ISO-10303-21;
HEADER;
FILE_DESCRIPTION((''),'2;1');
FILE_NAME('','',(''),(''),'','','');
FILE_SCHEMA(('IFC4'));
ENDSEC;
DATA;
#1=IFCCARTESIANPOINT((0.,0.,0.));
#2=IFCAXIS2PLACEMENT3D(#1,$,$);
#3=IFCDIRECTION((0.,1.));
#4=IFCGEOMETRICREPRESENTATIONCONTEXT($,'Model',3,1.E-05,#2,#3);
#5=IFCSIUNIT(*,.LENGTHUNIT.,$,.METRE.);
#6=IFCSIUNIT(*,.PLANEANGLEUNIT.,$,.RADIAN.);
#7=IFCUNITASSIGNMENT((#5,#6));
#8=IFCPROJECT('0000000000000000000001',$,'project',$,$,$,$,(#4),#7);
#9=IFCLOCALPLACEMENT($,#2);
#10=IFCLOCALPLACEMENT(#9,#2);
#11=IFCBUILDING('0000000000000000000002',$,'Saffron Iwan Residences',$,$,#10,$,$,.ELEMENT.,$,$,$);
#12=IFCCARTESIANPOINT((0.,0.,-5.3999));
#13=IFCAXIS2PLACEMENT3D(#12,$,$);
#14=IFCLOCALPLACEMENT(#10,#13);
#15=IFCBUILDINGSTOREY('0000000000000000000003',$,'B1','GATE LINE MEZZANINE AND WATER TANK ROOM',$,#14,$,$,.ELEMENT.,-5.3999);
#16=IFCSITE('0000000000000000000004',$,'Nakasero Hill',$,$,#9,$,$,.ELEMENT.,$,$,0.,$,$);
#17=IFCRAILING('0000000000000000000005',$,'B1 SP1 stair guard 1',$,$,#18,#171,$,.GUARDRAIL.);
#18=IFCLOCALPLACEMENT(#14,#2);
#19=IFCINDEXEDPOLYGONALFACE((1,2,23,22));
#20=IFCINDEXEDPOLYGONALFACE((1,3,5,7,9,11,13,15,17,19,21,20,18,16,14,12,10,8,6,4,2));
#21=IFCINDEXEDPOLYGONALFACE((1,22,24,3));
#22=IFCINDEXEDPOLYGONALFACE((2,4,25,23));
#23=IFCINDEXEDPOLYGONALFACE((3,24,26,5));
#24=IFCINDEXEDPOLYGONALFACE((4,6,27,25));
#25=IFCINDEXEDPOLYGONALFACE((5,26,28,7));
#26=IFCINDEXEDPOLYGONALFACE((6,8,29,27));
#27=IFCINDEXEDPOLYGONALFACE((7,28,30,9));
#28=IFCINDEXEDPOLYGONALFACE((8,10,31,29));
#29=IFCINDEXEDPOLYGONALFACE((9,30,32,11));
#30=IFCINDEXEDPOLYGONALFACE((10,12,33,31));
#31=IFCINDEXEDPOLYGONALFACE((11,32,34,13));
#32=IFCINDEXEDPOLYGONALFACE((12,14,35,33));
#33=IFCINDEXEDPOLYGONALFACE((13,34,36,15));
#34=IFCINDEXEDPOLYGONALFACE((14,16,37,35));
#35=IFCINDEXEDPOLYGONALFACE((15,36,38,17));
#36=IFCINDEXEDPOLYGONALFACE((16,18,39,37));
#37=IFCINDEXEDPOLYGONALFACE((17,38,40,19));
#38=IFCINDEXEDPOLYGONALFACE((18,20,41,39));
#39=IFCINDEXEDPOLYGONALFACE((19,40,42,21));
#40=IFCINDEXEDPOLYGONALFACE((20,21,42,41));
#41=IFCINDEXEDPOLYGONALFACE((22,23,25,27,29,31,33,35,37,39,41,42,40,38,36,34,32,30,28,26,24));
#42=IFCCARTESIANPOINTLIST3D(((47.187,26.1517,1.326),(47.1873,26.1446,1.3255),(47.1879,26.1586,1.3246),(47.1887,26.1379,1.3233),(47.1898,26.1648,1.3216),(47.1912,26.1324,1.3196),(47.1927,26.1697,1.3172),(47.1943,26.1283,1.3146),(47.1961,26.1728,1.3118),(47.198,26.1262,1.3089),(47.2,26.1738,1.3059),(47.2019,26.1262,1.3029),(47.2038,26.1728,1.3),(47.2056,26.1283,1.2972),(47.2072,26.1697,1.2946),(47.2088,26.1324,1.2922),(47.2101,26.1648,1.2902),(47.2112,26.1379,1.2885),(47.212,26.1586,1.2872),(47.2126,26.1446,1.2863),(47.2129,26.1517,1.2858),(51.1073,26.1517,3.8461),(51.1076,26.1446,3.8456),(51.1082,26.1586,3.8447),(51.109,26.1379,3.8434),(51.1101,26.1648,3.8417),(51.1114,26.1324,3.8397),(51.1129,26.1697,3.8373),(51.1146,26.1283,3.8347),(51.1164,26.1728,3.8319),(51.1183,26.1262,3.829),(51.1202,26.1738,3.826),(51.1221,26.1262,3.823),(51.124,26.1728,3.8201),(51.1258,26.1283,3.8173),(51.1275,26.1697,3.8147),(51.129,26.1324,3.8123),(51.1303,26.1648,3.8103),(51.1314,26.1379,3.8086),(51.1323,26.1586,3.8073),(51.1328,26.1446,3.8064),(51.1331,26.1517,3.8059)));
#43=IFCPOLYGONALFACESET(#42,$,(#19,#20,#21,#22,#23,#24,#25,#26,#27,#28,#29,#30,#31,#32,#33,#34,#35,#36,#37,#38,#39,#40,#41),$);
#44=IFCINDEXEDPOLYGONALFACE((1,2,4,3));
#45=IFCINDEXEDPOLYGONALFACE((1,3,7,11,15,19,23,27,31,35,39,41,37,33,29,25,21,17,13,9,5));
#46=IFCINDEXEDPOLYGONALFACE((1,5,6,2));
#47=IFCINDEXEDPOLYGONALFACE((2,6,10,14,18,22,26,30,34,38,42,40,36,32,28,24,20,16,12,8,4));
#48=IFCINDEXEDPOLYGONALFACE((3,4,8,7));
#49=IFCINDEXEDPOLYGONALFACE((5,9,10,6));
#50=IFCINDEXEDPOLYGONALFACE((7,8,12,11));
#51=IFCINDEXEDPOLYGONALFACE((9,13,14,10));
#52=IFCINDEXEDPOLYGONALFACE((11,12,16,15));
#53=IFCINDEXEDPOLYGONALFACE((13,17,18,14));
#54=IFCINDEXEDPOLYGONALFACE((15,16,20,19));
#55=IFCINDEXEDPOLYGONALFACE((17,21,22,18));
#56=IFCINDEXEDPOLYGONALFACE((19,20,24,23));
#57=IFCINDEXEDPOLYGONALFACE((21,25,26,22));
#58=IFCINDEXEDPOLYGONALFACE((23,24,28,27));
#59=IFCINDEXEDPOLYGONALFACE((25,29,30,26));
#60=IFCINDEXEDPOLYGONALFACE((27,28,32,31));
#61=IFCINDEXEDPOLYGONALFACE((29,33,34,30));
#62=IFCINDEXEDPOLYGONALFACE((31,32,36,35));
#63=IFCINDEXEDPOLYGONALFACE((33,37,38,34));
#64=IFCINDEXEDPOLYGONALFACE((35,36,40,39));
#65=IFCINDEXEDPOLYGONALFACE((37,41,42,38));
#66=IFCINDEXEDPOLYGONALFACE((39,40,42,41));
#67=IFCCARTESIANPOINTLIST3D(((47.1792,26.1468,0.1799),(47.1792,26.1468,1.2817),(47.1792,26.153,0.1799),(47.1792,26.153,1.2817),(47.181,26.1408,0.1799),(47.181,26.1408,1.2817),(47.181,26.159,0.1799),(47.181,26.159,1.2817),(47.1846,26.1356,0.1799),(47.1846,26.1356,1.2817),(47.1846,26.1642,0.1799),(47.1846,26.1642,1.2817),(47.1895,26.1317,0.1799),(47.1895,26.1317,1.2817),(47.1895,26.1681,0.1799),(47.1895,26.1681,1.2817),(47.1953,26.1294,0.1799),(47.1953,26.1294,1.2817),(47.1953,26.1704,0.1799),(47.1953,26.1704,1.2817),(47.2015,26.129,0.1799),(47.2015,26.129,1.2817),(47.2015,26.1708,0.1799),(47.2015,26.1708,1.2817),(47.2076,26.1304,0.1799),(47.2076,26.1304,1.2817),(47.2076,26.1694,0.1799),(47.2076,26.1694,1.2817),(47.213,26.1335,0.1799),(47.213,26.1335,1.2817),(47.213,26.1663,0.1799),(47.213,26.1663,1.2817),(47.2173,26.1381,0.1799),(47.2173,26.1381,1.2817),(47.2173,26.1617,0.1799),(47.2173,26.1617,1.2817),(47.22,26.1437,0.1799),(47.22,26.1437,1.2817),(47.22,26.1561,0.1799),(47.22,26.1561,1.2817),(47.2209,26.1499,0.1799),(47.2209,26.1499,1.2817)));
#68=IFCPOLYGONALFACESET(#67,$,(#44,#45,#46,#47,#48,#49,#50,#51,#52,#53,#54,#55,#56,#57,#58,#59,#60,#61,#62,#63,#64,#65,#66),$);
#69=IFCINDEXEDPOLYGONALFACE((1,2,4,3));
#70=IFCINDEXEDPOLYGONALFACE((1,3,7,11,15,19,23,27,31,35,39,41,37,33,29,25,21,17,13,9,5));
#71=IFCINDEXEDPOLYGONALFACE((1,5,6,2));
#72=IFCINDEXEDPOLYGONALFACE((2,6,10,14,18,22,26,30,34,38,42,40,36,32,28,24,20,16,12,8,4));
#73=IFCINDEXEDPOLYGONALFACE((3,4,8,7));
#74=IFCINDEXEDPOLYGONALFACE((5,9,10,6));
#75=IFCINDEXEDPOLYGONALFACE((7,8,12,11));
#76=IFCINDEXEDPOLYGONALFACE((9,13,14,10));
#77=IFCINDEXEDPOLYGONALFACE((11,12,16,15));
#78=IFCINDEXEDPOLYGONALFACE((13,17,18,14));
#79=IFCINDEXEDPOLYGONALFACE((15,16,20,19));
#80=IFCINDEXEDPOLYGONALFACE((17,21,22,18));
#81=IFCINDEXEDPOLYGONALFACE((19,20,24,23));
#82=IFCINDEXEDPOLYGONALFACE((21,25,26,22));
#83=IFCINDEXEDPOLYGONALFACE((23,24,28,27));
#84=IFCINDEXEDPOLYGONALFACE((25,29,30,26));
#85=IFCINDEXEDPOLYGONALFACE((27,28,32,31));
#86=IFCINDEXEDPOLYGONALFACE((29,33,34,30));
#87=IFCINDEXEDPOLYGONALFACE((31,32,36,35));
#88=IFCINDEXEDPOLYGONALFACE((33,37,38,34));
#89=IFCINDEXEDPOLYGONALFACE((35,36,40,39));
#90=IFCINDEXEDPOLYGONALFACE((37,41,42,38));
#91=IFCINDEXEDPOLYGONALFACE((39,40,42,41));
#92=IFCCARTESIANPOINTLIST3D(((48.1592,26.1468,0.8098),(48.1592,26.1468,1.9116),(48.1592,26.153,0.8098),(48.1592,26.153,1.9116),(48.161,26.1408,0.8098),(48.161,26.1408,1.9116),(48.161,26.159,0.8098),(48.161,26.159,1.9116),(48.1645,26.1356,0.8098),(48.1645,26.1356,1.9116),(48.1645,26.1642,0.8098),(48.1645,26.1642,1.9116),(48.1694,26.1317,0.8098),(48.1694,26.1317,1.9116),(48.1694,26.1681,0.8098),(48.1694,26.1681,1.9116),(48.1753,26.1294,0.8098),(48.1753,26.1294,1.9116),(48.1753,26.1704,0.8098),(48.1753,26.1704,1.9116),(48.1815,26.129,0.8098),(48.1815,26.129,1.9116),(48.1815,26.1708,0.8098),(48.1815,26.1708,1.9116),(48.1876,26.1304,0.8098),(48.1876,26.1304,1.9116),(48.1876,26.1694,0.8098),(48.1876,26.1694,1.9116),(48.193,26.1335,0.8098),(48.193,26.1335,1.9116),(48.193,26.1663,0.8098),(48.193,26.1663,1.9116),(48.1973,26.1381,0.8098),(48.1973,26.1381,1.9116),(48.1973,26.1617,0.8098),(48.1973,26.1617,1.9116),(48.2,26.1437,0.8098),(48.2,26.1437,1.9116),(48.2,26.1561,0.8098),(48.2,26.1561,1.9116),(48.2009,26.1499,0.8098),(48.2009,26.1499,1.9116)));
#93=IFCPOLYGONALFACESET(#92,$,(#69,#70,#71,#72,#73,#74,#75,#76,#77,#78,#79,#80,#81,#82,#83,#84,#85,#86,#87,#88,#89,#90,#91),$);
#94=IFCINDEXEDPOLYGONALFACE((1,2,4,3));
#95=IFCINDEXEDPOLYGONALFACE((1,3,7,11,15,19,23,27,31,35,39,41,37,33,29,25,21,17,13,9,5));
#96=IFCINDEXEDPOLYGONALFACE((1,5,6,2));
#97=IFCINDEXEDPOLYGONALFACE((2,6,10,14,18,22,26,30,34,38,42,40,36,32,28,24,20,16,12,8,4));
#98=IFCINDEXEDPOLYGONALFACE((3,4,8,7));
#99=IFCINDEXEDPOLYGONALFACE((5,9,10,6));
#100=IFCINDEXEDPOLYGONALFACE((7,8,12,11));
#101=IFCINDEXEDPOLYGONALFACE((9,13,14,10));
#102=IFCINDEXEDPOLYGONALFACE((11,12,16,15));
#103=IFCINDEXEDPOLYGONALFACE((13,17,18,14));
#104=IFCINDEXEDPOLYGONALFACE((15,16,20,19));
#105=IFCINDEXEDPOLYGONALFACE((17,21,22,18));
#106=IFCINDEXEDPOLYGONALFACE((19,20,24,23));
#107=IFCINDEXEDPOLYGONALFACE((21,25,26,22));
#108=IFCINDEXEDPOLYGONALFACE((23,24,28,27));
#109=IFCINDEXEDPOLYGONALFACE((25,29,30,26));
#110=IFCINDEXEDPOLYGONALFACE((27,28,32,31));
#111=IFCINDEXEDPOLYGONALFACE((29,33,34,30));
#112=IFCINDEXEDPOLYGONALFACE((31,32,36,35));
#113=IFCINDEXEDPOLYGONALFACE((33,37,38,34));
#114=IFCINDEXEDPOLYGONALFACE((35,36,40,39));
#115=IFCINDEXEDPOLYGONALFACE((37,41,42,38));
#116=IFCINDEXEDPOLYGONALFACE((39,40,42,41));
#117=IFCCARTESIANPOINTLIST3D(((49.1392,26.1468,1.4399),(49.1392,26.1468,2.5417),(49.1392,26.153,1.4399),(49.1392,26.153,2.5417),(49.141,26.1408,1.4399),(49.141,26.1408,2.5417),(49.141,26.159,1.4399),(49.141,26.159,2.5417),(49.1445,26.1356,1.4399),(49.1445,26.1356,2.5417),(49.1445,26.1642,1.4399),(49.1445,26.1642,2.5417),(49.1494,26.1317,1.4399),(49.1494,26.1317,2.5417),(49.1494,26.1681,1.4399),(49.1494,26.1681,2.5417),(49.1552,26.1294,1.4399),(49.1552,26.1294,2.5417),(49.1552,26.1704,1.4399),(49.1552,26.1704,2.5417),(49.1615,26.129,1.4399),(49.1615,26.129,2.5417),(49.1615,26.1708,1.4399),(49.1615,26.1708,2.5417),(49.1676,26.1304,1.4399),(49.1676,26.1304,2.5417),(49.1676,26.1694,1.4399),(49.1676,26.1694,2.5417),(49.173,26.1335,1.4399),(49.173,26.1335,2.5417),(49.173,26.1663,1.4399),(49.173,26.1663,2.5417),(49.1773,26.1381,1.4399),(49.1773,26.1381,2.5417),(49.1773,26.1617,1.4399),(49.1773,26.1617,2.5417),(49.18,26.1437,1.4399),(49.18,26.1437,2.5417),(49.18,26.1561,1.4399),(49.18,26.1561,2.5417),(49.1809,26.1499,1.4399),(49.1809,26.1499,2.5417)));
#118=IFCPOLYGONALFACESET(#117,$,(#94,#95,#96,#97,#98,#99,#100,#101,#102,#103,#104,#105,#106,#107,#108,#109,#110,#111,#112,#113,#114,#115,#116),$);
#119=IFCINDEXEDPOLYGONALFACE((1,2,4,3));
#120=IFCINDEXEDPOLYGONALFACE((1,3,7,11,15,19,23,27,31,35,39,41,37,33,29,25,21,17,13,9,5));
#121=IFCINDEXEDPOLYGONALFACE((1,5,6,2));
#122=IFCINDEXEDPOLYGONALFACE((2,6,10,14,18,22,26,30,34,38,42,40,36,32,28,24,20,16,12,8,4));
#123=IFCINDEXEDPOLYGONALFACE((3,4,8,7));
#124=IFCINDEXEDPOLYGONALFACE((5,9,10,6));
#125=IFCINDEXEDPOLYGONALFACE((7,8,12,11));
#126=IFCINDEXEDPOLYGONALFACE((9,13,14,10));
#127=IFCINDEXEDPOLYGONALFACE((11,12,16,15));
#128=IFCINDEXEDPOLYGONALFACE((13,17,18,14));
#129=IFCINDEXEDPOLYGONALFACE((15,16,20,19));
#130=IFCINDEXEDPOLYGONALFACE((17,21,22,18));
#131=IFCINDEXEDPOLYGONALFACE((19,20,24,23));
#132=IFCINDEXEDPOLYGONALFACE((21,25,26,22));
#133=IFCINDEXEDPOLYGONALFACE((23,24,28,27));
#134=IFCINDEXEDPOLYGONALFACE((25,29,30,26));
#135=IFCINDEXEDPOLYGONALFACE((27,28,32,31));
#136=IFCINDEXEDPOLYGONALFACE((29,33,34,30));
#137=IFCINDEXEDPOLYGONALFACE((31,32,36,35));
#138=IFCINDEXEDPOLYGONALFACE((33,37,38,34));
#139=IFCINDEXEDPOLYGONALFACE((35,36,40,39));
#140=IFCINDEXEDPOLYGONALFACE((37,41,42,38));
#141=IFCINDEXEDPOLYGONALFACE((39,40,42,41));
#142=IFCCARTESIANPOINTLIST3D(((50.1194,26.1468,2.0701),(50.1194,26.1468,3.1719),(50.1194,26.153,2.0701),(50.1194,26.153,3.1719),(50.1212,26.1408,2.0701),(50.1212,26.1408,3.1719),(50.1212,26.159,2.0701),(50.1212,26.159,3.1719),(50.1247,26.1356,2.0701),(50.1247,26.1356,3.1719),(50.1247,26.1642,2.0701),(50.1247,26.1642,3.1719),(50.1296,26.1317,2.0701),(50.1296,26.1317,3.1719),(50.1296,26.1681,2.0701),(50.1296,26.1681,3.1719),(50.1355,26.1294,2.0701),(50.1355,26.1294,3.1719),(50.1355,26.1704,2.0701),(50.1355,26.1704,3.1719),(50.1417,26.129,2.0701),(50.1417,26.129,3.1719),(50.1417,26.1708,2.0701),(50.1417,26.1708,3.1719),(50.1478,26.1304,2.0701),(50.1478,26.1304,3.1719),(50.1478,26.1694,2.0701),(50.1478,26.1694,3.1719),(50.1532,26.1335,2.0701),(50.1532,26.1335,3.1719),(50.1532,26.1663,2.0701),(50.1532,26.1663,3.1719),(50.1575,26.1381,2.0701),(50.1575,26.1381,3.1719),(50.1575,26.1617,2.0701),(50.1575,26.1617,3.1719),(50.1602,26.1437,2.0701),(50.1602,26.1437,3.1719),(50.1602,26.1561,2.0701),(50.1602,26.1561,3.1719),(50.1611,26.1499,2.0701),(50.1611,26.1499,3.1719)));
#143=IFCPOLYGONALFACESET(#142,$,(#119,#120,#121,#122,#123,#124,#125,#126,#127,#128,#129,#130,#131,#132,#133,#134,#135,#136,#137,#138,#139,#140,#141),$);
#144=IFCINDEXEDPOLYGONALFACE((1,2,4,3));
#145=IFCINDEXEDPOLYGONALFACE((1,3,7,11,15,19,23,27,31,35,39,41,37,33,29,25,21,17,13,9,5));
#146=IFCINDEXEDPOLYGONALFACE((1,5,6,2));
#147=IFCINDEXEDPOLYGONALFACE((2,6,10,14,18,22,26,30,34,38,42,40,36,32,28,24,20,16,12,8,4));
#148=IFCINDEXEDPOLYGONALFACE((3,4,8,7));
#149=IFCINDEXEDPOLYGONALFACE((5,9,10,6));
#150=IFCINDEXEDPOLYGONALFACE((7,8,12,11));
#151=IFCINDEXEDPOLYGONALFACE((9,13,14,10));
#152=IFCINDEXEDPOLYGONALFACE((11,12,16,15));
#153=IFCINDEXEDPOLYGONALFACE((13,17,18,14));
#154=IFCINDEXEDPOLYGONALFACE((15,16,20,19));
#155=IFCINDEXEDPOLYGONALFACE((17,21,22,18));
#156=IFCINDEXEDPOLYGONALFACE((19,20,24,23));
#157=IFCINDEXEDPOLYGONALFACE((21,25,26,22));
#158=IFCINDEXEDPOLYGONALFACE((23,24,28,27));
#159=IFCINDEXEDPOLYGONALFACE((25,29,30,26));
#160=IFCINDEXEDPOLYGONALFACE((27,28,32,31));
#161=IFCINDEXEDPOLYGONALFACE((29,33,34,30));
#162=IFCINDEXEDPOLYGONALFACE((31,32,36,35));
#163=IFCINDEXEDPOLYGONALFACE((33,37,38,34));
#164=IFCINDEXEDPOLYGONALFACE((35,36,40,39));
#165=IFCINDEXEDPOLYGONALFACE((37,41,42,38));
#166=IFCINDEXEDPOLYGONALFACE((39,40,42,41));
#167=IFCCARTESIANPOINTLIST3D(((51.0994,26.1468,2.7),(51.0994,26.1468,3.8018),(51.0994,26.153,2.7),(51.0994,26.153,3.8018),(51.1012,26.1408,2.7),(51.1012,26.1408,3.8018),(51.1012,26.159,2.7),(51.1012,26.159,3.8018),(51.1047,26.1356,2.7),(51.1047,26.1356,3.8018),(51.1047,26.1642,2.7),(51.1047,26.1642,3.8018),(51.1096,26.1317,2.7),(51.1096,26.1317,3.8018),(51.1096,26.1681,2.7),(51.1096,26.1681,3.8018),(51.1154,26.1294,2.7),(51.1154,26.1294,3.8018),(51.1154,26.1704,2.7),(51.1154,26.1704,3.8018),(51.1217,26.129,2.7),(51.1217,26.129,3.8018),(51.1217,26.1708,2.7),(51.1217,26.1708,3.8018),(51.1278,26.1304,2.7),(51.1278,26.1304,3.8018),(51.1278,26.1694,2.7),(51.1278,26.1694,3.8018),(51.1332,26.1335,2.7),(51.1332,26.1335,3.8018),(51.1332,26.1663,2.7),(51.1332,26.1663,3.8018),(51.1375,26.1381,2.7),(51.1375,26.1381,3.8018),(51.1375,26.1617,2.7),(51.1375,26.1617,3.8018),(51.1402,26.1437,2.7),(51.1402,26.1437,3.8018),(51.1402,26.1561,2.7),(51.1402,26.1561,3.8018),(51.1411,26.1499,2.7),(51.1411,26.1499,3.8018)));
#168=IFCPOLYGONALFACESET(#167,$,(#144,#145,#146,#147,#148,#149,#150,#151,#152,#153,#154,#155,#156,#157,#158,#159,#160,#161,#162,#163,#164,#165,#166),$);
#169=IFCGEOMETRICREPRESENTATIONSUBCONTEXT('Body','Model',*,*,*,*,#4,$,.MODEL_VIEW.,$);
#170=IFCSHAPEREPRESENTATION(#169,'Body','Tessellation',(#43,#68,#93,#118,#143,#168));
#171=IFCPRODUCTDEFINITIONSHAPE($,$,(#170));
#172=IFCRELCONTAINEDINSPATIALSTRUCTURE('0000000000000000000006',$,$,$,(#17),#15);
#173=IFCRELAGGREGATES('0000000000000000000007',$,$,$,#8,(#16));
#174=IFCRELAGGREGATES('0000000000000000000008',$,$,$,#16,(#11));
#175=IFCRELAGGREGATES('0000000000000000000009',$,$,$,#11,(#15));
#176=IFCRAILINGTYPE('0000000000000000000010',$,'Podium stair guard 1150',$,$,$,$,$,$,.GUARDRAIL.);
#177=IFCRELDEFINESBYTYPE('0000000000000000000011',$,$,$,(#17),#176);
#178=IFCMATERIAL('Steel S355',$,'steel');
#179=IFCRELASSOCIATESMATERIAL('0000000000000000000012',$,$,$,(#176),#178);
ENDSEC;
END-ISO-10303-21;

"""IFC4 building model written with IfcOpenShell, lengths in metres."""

from ifc_helpers import new_model, si_unit, direction, frame, origin, origin_2d, place, context, subcontext, project, spatial, circle, extrude, material, type_object, element, save


model = new_model("IFC4")

# Units and contexts
model_context = context("Model", 3, precision=1e-05, world=origin(), true_north=direction((0.0, 1.0)))
body_context = subcontext(model_context, "Body", "Model", "MODEL_VIEW")
ifc_project = project(units=[si_unit("LENGTHUNIT", "METRE"), si_unit("PLANEANGLEUNIT", "RADIAN")], contexts=[model_context])

# Site, building, storey
site_placement = place(None, origin())
site = spatial("IfcSite", under=ifc_project, at=site_placement, Name="Nakasero Hill", CompositionType="ELEMENT", RefElevation=0.0)
building_placement = place(site_placement, origin())
building = spatial("IfcBuilding", under=site, at=building_placement, Name="Saffron Iwan Residences", CompositionType="ELEMENT")
storey_placement = place(building_placement, frame((0.0, 0.0, -5.3999)))
storey = spatial("IfcBuildingStorey", under=building, at=storey_placement, Name="B1", Description="GATE LINE MEZZANINE AND WATER TANK ROOM", CompositionType="ELEMENT", Elevation=-5.3999)

# Railing
ifc_material_1 = material(Name="Steel S355", Category="steel")
railing_type_1 = type_object("IfcRailingType", Name="Podium stair guard 1150", PredefinedType="GUARDRAIL", material=ifc_material_1)
railing_1_placement = place(storey_placement, frame((47.2, 26.1499, 0.1799)))
element("IfcRailing", 1, at=railing_1_placement, inside=storey, type_object=railing_type_1, Name="B1 SP1 stair guard 1", PredefinedType="GUARDRAIL", context=body_context, shape_type="SweptSolid", body=[
    extrude(circle(Radius=0.0239, at=origin_2d()), frame((0.0, 0.0, 1.126), z_axis=(0.841187, 0.0, 0.540744), x_axis=(0.0, 1.0, 0.0)), (0.0, 0.0, 1.0), 4.6604),
    extrude(circle(Radius=0.021, at=origin_2d()), origin(), (0.0, 0.0, 1.0), 1.1018),
    extrude(circle(Radius=0.021, at=origin_2d()), frame((0.98, 0.0, 0.6299)), (0.0, 0.0, 1.0), 1.1018),
    extrude(circle(Radius=0.021, at=origin_2d()), frame((1.96, 0.0, 1.26)), (0.0, 0.0, 1.0), 1.1018),
    extrude(circle(Radius=0.021, at=origin_2d()), frame((2.9402, 0.0, 1.8901)), (0.0, 0.0, 1.0), 1.1018),
    extrude(circle(Radius=0.021, at=origin_2d()), frame((3.9202, 0.0, 2.52)), (0.0, 0.0, 1.0), 1.1018),
])

save(model, "model.ifc")
